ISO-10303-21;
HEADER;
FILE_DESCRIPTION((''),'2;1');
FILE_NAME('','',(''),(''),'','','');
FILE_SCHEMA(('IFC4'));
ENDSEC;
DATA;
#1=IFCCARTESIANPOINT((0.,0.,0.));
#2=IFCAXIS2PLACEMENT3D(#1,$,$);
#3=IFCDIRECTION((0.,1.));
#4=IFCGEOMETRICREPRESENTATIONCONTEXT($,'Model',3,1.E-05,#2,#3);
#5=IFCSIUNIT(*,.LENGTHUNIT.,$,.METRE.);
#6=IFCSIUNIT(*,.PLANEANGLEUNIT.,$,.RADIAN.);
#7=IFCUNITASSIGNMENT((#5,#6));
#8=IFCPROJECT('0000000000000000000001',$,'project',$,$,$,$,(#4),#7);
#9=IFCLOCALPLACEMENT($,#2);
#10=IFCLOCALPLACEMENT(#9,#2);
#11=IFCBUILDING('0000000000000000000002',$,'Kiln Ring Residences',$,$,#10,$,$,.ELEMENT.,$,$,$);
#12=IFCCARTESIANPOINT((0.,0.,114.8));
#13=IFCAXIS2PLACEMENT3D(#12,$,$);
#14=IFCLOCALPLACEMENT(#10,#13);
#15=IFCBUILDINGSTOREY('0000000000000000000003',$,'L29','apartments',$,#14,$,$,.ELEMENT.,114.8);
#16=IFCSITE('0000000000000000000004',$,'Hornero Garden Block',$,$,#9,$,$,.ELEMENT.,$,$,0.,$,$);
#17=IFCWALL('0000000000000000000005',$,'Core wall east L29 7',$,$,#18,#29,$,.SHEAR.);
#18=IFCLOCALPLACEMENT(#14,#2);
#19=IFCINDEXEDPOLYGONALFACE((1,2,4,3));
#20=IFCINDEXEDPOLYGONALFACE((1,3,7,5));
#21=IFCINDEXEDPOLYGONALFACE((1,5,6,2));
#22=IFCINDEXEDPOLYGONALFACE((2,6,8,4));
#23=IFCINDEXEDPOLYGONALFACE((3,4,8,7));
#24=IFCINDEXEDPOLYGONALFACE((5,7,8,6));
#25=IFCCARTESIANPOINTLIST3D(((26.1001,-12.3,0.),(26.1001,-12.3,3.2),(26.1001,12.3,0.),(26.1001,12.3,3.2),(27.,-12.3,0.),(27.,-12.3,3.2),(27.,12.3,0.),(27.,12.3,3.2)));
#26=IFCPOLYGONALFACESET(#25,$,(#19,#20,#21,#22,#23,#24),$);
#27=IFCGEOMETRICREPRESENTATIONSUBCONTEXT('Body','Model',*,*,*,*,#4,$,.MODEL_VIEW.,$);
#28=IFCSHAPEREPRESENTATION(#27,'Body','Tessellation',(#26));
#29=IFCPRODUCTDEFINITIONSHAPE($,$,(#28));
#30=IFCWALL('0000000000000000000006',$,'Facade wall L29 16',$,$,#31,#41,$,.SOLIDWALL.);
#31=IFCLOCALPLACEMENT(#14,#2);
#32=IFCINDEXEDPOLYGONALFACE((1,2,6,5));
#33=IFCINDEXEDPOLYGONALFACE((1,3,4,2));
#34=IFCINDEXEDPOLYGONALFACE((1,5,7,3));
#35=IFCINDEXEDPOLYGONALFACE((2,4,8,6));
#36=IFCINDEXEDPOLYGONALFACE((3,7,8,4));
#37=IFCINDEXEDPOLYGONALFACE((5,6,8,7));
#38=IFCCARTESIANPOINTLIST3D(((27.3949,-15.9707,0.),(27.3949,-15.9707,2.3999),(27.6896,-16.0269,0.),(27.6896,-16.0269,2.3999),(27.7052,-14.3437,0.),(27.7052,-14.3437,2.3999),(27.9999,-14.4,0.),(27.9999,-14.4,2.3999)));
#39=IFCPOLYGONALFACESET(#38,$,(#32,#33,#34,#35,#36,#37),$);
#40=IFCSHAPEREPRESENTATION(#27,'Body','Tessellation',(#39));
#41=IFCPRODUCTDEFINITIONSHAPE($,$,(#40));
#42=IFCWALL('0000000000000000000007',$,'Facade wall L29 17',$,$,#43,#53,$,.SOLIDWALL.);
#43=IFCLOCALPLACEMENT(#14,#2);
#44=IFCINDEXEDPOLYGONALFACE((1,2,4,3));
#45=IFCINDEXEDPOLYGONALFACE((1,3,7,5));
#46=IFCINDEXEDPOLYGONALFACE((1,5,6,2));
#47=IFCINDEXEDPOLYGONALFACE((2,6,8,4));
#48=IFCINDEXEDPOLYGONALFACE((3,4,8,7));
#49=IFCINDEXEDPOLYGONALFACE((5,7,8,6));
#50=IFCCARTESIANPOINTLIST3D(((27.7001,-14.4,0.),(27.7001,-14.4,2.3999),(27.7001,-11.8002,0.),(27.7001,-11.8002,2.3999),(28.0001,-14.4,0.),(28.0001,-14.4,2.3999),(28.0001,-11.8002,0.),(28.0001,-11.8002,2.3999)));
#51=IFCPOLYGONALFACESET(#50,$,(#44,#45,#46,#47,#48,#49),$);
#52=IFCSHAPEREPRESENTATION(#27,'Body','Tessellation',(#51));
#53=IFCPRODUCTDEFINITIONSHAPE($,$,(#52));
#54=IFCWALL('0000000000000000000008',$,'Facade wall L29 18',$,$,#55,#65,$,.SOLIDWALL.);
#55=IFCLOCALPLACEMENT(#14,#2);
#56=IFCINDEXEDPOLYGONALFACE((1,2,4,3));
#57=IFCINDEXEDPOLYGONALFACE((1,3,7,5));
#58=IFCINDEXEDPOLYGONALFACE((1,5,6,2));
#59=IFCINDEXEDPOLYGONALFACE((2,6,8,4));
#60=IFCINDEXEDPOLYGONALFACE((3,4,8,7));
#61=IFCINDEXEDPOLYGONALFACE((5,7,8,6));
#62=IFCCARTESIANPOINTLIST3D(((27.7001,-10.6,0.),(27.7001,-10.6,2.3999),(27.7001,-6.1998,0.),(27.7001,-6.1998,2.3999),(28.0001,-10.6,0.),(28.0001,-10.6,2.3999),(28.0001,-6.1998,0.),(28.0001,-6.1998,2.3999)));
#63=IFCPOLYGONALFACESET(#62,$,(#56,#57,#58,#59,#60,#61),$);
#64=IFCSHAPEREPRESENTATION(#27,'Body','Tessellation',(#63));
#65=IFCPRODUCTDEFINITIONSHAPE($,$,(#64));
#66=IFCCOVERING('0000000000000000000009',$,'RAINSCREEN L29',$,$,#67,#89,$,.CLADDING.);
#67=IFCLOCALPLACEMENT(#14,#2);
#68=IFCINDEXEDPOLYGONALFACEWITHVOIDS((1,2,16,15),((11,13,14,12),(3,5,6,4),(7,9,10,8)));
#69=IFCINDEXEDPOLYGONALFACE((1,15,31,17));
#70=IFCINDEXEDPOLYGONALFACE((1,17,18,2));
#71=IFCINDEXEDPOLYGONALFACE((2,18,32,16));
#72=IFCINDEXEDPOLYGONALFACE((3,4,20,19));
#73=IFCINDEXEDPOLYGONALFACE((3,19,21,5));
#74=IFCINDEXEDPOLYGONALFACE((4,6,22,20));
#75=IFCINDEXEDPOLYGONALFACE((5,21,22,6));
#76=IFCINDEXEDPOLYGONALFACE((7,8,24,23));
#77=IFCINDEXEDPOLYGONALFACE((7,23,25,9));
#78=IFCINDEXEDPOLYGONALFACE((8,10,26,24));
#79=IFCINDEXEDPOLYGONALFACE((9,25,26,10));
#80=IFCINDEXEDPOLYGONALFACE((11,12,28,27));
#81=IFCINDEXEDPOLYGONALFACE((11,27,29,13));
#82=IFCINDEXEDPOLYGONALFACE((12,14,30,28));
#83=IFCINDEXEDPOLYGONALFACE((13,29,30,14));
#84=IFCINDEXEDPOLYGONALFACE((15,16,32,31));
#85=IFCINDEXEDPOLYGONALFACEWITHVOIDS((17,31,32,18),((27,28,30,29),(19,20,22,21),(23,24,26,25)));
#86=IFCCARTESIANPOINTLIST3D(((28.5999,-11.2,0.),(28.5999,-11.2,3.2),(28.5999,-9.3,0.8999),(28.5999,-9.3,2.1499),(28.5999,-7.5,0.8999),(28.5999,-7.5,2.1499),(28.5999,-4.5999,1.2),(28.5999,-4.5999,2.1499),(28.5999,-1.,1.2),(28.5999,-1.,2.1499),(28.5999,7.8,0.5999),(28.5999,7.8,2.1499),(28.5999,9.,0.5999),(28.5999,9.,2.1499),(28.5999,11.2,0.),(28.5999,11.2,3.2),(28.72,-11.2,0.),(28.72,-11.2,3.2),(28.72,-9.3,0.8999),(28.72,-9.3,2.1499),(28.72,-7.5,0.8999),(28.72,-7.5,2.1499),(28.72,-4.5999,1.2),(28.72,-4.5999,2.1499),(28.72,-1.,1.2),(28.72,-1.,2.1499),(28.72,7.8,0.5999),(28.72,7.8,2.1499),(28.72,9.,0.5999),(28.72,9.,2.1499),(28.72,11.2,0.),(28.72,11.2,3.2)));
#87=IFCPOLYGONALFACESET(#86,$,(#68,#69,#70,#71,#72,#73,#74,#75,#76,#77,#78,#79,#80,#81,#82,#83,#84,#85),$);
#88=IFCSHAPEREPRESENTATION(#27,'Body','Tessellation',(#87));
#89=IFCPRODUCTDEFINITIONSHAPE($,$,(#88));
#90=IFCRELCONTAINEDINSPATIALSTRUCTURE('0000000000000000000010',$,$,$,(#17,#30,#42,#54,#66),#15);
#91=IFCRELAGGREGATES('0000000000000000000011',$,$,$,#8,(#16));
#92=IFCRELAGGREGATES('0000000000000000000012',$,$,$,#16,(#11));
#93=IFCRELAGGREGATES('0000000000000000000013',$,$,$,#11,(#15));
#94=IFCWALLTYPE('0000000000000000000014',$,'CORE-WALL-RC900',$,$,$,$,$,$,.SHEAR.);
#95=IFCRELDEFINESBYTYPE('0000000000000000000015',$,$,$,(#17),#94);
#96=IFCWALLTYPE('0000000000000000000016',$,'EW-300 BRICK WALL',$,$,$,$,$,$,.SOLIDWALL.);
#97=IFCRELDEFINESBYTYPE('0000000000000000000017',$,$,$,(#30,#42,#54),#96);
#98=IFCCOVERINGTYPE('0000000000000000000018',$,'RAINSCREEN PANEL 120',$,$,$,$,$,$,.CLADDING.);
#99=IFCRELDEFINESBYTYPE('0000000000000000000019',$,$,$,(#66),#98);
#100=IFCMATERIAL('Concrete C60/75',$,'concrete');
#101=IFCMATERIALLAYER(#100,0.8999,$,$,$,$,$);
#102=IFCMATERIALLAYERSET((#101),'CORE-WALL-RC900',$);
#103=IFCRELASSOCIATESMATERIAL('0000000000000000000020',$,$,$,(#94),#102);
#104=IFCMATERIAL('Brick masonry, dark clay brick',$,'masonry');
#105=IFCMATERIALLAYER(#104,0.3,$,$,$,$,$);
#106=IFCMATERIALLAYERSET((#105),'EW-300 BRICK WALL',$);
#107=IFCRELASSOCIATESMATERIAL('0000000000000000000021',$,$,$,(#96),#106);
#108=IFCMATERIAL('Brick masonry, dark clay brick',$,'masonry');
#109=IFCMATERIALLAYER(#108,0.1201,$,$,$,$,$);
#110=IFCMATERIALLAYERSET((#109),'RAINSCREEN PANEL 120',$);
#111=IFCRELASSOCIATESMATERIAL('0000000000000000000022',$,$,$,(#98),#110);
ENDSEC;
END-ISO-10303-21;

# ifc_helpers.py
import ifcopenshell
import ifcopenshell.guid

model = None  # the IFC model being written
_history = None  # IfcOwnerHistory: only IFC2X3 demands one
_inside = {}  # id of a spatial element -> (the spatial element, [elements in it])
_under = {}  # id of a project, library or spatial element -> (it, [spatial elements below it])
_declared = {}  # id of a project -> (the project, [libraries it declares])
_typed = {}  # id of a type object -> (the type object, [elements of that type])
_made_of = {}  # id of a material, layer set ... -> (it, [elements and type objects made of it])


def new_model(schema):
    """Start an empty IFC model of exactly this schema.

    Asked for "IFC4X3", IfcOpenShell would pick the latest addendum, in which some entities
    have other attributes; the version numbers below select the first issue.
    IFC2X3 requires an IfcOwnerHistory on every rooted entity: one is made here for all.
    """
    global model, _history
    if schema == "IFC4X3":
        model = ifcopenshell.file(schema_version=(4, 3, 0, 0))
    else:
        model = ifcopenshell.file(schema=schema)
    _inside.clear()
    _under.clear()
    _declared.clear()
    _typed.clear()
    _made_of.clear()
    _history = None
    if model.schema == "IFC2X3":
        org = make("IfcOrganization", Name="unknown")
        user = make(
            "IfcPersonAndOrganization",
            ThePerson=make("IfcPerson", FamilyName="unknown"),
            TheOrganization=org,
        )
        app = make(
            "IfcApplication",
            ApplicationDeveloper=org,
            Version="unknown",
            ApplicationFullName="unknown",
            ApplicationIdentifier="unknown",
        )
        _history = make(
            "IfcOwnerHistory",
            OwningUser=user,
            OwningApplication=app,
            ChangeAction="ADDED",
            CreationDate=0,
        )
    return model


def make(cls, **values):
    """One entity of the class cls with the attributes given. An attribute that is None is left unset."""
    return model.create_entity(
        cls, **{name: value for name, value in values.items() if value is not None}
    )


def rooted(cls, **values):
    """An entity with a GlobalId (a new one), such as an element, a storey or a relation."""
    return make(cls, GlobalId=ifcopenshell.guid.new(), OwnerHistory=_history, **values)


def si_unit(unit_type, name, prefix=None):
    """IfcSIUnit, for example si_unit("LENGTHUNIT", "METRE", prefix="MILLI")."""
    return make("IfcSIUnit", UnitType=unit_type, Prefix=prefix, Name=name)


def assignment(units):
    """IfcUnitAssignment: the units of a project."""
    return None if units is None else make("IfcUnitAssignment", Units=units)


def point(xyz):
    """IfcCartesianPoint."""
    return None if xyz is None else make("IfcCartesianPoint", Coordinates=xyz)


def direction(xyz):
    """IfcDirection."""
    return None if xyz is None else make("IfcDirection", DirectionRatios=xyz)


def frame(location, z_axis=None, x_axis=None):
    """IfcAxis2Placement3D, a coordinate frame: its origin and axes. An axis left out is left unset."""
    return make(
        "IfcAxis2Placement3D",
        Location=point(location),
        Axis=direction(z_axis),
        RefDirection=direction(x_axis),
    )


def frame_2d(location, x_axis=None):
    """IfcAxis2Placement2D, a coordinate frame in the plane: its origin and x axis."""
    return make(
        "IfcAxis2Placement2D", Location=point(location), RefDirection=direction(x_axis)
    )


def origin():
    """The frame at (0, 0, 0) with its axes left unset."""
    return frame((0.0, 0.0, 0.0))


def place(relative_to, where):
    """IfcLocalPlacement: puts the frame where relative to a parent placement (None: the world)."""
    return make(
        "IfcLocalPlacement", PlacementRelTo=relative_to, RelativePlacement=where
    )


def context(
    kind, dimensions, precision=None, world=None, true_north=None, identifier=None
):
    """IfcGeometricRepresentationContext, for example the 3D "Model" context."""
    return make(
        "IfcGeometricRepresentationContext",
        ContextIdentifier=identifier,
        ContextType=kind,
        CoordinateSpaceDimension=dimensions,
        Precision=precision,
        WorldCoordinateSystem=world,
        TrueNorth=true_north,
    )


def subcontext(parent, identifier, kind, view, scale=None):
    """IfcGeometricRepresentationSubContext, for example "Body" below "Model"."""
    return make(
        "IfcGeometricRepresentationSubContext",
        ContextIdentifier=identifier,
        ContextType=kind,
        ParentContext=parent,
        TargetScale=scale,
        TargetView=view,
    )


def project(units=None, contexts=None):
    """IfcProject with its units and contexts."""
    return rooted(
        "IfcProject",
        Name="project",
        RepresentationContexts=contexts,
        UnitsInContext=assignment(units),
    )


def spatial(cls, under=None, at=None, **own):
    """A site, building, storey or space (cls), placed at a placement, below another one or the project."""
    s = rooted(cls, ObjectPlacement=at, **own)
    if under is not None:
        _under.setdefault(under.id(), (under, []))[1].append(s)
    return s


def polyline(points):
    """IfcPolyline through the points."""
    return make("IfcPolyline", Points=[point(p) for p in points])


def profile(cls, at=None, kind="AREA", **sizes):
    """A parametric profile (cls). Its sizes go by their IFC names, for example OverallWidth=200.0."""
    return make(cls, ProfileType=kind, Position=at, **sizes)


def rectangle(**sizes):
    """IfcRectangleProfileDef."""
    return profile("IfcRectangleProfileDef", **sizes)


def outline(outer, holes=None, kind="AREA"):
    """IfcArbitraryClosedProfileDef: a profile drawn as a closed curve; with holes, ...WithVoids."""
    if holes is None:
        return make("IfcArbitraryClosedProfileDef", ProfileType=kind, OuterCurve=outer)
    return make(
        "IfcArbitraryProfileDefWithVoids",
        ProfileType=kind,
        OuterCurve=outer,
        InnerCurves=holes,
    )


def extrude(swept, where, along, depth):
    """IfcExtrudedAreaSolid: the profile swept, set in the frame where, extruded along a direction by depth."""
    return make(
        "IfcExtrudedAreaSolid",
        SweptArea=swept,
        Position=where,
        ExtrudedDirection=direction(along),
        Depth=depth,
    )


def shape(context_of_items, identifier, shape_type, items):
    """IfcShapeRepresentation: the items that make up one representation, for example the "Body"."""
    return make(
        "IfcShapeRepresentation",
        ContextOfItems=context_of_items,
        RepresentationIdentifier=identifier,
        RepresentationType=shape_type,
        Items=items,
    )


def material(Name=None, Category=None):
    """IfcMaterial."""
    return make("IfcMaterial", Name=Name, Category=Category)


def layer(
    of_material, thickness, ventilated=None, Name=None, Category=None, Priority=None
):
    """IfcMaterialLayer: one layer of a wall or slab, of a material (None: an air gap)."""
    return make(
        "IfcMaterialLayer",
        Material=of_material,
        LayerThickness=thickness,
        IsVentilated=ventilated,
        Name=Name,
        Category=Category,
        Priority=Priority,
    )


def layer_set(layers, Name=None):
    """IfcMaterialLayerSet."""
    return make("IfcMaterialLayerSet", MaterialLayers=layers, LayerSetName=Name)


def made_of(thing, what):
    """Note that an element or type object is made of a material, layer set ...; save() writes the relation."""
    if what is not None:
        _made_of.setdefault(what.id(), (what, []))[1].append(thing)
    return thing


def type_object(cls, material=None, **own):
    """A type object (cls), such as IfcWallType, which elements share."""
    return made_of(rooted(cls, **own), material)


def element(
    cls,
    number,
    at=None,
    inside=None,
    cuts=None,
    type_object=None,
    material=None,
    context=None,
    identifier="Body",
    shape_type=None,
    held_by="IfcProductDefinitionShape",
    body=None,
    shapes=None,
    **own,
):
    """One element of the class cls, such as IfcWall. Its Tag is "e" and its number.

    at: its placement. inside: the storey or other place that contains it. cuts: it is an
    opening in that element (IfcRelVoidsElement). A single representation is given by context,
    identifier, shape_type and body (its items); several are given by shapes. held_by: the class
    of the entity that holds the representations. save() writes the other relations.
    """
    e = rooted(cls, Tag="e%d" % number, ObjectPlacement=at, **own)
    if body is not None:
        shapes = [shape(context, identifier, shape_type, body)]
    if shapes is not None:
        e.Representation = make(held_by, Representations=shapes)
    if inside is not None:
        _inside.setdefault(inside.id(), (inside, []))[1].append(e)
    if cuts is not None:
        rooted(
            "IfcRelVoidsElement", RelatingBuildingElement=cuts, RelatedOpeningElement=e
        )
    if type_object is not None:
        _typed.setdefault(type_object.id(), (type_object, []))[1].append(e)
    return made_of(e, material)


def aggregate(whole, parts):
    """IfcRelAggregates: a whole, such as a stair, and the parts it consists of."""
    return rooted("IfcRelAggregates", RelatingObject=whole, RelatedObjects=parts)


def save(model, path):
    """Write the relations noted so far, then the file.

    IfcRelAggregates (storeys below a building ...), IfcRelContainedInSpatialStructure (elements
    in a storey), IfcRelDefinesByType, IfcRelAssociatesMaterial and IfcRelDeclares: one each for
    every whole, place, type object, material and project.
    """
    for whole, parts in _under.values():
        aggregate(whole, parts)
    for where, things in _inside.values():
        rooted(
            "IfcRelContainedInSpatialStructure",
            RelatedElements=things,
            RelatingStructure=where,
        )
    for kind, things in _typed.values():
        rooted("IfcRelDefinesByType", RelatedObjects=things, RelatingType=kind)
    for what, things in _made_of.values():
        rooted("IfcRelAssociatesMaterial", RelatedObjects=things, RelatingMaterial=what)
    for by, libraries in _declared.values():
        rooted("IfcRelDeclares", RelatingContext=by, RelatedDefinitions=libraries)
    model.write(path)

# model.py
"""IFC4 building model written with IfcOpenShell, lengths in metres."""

from ifc_helpers import new_model, si_unit, direction, frame, frame_2d, origin, place, context, subcontext, project, spatial, polyline, rectangle, outline, extrude, material, layer, layer_set, type_object, element, save


model = new_model("IFC4")

# Units and contexts
model_context = context("Model", 3, precision=1e-05, world=origin(), true_north=direction((0.0, 1.0)))
body_context = subcontext(model_context, "Body", "Model", "MODEL_VIEW")
ifc_project = project(units=[si_unit("LENGTHUNIT", "METRE"), si_unit("PLANEANGLEUNIT", "RADIAN")], contexts=[model_context])

# Site, building, storey
site_placement = place(None, origin())
site = spatial("IfcSite", under=ifc_project, at=site_placement, Name="Hornero Garden Block", CompositionType="ELEMENT", RefElevation=0.0)
building_placement = place(site_placement, origin())
building = spatial("IfcBuilding", under=site, at=building_placement, Name="Kiln Ring Residences", CompositionType="ELEMENT")
storey_placement = place(building_placement, frame((0.0, 0.0, 114.8)))
storey = spatial("IfcBuildingStorey", under=building, at=storey_placement, Name="L29", Description="apartments", CompositionType="ELEMENT", Elevation=114.8)

# Walls
ifc_material_1 = material(Name="Concrete C60/75", Category="concrete")
ifc_layer_1 = layer(ifc_material_1, 0.8999)
ifc_layer_set_1 = layer_set([ifc_layer_1], Name="CORE-WALL-RC900")
wall_type_1 = type_object("IfcWallType", Name="CORE-WALL-RC900", PredefinedType="SHEAR", material=ifc_layer_set_1)
wall_1_placement = place(storey_placement, frame((26.55, -12.3, 0.0), z_axis=(0.0, 0.0, 1.0), x_axis=(0.0, 1.0, 0.0)))
element("IfcWall", 1, at=wall_1_placement, inside=storey, type_object=wall_type_1, Name="Core wall east L29 7", PredefinedType="SHEAR", context=body_context, shape_type="SweptSolid", body=[
    extrude(rectangle(XDim=24.6001, YDim=0.8999, at=frame_2d((12.3, 0.0))), origin(), (0.0, 0.0, 1.0), 3.2),
])
ifc_material_2 = material(Name="Brick masonry, dark clay brick", Category="masonry")
ifc_layer_2 = layer(ifc_material_2, 0.3)
ifc_layer_set_2 = layer_set([ifc_layer_2], Name="EW-300 BRICK WALL")
wall_type_2 = type_object("IfcWallType", Name="EW-300 BRICK WALL", PredefinedType="SOLIDWALL", material=ifc_layer_set_2)
wall_2_placement = place(storey_placement, frame((27.5422, -15.9988, 0.0), z_axis=(0.0, 0.0, 1.0), x_axis=(0.187349, 0.982293, 0.0)))
element("IfcWall", 2, at=wall_2_placement, inside=storey, type_object=wall_type_2, Name="Facade wall L29 16", PredefinedType="SOLIDWALL", context=body_context, shape_type="SweptSolid", body=[
    extrude(rectangle(XDim=1.6562, YDim=0.3, at=frame_2d((0.8281, 0.0))), origin(), (0.0, 0.0, 1.0), 2.3999),
])
wall_3_placement = place(storey_placement, frame((27.8501, -14.3999, 0.0), z_axis=(0.0, 0.0, 1.0), x_axis=(0.0, 1.0, 0.0)))
element("IfcWall", 3, at=wall_3_placement, inside=storey, type_object=wall_type_2, Name="Facade wall L29 17", PredefinedType="SOLIDWALL", context=body_context, shape_type="SweptSolid", body=[
    extrude(rectangle(XDim=2.5999, YDim=0.3, at=frame_2d((1.2998, 0.0))), origin(), (0.0, 0.0, 1.0), 2.3999),
])
wall_4_placement = place(storey_placement, frame((27.8501, -10.6001, 0.0), z_axis=(0.0, 0.0, 1.0), x_axis=(0.0, 1.0, 0.0)))
element("IfcWall", 4, at=wall_4_placement, inside=storey, type_object=wall_type_2, Name="Facade wall L29 18", PredefinedType="SOLIDWALL", context=body_context, shape_type="SweptSolid", body=[
    extrude(rectangle(XDim=4.4001, YDim=0.3, at=frame_2d((2.2002, 0.0))), origin(), (0.0, 0.0, 1.0), 2.3999),
])

# Covering
ifc_material_3 = material(Name="Brick masonry, dark clay brick", Category="masonry")
ifc_layer_3 = layer(ifc_material_3, 0.1201)
ifc_layer_set_3 = layer_set([ifc_layer_3], Name="RAINSCREEN PANEL 120")
covering_type = type_object("IfcCoveringType", Name="RAINSCREEN PANEL 120", PredefinedType="CLADDING", material=ifc_layer_set_3)
covering_placement = place(storey_placement, frame((28.6599, -11.2, 0.0), z_axis=(0.0, 0.0, 1.0), x_axis=(0.0, 1.0, 0.0)))
element("IfcCovering", 5, at=covering_placement, inside=storey, type_object=covering_type, Name="RAINSCREEN L29", PredefinedType="CLADDING", context=body_context, shape_type="SweptSolid", body=[
    extrude(outline(polyline([(0.0, 0.0), (22.3999, 0.0), (22.3999, 3.2), (0.0, 3.2), (0.0, 0.0)]), holes=[polyline([(20.2, 2.1499), (19.0, 2.1499), (19.0, 0.5999), (20.2, 0.5999), (20.2, 2.1499)]), polyline([(3.7, 0.8999), (3.7, 2.1499), (1.8999, 2.1499), (1.8999, 0.8999), (3.7, 0.8999)]), polyline([(10.2, 1.2), (10.2, 2.1499), (6.6001, 2.1499), (6.6001, 1.2), (10.2, 1.2)])]), frame((0.0, 0.0601, 0.0), z_axis=(0.0, -1.0, 0.0), x_axis=(1.0, 0.0, 0.0)), (0.0, 0.0, 1.0), 0.1201),
])

save(model, "model.ifc")
